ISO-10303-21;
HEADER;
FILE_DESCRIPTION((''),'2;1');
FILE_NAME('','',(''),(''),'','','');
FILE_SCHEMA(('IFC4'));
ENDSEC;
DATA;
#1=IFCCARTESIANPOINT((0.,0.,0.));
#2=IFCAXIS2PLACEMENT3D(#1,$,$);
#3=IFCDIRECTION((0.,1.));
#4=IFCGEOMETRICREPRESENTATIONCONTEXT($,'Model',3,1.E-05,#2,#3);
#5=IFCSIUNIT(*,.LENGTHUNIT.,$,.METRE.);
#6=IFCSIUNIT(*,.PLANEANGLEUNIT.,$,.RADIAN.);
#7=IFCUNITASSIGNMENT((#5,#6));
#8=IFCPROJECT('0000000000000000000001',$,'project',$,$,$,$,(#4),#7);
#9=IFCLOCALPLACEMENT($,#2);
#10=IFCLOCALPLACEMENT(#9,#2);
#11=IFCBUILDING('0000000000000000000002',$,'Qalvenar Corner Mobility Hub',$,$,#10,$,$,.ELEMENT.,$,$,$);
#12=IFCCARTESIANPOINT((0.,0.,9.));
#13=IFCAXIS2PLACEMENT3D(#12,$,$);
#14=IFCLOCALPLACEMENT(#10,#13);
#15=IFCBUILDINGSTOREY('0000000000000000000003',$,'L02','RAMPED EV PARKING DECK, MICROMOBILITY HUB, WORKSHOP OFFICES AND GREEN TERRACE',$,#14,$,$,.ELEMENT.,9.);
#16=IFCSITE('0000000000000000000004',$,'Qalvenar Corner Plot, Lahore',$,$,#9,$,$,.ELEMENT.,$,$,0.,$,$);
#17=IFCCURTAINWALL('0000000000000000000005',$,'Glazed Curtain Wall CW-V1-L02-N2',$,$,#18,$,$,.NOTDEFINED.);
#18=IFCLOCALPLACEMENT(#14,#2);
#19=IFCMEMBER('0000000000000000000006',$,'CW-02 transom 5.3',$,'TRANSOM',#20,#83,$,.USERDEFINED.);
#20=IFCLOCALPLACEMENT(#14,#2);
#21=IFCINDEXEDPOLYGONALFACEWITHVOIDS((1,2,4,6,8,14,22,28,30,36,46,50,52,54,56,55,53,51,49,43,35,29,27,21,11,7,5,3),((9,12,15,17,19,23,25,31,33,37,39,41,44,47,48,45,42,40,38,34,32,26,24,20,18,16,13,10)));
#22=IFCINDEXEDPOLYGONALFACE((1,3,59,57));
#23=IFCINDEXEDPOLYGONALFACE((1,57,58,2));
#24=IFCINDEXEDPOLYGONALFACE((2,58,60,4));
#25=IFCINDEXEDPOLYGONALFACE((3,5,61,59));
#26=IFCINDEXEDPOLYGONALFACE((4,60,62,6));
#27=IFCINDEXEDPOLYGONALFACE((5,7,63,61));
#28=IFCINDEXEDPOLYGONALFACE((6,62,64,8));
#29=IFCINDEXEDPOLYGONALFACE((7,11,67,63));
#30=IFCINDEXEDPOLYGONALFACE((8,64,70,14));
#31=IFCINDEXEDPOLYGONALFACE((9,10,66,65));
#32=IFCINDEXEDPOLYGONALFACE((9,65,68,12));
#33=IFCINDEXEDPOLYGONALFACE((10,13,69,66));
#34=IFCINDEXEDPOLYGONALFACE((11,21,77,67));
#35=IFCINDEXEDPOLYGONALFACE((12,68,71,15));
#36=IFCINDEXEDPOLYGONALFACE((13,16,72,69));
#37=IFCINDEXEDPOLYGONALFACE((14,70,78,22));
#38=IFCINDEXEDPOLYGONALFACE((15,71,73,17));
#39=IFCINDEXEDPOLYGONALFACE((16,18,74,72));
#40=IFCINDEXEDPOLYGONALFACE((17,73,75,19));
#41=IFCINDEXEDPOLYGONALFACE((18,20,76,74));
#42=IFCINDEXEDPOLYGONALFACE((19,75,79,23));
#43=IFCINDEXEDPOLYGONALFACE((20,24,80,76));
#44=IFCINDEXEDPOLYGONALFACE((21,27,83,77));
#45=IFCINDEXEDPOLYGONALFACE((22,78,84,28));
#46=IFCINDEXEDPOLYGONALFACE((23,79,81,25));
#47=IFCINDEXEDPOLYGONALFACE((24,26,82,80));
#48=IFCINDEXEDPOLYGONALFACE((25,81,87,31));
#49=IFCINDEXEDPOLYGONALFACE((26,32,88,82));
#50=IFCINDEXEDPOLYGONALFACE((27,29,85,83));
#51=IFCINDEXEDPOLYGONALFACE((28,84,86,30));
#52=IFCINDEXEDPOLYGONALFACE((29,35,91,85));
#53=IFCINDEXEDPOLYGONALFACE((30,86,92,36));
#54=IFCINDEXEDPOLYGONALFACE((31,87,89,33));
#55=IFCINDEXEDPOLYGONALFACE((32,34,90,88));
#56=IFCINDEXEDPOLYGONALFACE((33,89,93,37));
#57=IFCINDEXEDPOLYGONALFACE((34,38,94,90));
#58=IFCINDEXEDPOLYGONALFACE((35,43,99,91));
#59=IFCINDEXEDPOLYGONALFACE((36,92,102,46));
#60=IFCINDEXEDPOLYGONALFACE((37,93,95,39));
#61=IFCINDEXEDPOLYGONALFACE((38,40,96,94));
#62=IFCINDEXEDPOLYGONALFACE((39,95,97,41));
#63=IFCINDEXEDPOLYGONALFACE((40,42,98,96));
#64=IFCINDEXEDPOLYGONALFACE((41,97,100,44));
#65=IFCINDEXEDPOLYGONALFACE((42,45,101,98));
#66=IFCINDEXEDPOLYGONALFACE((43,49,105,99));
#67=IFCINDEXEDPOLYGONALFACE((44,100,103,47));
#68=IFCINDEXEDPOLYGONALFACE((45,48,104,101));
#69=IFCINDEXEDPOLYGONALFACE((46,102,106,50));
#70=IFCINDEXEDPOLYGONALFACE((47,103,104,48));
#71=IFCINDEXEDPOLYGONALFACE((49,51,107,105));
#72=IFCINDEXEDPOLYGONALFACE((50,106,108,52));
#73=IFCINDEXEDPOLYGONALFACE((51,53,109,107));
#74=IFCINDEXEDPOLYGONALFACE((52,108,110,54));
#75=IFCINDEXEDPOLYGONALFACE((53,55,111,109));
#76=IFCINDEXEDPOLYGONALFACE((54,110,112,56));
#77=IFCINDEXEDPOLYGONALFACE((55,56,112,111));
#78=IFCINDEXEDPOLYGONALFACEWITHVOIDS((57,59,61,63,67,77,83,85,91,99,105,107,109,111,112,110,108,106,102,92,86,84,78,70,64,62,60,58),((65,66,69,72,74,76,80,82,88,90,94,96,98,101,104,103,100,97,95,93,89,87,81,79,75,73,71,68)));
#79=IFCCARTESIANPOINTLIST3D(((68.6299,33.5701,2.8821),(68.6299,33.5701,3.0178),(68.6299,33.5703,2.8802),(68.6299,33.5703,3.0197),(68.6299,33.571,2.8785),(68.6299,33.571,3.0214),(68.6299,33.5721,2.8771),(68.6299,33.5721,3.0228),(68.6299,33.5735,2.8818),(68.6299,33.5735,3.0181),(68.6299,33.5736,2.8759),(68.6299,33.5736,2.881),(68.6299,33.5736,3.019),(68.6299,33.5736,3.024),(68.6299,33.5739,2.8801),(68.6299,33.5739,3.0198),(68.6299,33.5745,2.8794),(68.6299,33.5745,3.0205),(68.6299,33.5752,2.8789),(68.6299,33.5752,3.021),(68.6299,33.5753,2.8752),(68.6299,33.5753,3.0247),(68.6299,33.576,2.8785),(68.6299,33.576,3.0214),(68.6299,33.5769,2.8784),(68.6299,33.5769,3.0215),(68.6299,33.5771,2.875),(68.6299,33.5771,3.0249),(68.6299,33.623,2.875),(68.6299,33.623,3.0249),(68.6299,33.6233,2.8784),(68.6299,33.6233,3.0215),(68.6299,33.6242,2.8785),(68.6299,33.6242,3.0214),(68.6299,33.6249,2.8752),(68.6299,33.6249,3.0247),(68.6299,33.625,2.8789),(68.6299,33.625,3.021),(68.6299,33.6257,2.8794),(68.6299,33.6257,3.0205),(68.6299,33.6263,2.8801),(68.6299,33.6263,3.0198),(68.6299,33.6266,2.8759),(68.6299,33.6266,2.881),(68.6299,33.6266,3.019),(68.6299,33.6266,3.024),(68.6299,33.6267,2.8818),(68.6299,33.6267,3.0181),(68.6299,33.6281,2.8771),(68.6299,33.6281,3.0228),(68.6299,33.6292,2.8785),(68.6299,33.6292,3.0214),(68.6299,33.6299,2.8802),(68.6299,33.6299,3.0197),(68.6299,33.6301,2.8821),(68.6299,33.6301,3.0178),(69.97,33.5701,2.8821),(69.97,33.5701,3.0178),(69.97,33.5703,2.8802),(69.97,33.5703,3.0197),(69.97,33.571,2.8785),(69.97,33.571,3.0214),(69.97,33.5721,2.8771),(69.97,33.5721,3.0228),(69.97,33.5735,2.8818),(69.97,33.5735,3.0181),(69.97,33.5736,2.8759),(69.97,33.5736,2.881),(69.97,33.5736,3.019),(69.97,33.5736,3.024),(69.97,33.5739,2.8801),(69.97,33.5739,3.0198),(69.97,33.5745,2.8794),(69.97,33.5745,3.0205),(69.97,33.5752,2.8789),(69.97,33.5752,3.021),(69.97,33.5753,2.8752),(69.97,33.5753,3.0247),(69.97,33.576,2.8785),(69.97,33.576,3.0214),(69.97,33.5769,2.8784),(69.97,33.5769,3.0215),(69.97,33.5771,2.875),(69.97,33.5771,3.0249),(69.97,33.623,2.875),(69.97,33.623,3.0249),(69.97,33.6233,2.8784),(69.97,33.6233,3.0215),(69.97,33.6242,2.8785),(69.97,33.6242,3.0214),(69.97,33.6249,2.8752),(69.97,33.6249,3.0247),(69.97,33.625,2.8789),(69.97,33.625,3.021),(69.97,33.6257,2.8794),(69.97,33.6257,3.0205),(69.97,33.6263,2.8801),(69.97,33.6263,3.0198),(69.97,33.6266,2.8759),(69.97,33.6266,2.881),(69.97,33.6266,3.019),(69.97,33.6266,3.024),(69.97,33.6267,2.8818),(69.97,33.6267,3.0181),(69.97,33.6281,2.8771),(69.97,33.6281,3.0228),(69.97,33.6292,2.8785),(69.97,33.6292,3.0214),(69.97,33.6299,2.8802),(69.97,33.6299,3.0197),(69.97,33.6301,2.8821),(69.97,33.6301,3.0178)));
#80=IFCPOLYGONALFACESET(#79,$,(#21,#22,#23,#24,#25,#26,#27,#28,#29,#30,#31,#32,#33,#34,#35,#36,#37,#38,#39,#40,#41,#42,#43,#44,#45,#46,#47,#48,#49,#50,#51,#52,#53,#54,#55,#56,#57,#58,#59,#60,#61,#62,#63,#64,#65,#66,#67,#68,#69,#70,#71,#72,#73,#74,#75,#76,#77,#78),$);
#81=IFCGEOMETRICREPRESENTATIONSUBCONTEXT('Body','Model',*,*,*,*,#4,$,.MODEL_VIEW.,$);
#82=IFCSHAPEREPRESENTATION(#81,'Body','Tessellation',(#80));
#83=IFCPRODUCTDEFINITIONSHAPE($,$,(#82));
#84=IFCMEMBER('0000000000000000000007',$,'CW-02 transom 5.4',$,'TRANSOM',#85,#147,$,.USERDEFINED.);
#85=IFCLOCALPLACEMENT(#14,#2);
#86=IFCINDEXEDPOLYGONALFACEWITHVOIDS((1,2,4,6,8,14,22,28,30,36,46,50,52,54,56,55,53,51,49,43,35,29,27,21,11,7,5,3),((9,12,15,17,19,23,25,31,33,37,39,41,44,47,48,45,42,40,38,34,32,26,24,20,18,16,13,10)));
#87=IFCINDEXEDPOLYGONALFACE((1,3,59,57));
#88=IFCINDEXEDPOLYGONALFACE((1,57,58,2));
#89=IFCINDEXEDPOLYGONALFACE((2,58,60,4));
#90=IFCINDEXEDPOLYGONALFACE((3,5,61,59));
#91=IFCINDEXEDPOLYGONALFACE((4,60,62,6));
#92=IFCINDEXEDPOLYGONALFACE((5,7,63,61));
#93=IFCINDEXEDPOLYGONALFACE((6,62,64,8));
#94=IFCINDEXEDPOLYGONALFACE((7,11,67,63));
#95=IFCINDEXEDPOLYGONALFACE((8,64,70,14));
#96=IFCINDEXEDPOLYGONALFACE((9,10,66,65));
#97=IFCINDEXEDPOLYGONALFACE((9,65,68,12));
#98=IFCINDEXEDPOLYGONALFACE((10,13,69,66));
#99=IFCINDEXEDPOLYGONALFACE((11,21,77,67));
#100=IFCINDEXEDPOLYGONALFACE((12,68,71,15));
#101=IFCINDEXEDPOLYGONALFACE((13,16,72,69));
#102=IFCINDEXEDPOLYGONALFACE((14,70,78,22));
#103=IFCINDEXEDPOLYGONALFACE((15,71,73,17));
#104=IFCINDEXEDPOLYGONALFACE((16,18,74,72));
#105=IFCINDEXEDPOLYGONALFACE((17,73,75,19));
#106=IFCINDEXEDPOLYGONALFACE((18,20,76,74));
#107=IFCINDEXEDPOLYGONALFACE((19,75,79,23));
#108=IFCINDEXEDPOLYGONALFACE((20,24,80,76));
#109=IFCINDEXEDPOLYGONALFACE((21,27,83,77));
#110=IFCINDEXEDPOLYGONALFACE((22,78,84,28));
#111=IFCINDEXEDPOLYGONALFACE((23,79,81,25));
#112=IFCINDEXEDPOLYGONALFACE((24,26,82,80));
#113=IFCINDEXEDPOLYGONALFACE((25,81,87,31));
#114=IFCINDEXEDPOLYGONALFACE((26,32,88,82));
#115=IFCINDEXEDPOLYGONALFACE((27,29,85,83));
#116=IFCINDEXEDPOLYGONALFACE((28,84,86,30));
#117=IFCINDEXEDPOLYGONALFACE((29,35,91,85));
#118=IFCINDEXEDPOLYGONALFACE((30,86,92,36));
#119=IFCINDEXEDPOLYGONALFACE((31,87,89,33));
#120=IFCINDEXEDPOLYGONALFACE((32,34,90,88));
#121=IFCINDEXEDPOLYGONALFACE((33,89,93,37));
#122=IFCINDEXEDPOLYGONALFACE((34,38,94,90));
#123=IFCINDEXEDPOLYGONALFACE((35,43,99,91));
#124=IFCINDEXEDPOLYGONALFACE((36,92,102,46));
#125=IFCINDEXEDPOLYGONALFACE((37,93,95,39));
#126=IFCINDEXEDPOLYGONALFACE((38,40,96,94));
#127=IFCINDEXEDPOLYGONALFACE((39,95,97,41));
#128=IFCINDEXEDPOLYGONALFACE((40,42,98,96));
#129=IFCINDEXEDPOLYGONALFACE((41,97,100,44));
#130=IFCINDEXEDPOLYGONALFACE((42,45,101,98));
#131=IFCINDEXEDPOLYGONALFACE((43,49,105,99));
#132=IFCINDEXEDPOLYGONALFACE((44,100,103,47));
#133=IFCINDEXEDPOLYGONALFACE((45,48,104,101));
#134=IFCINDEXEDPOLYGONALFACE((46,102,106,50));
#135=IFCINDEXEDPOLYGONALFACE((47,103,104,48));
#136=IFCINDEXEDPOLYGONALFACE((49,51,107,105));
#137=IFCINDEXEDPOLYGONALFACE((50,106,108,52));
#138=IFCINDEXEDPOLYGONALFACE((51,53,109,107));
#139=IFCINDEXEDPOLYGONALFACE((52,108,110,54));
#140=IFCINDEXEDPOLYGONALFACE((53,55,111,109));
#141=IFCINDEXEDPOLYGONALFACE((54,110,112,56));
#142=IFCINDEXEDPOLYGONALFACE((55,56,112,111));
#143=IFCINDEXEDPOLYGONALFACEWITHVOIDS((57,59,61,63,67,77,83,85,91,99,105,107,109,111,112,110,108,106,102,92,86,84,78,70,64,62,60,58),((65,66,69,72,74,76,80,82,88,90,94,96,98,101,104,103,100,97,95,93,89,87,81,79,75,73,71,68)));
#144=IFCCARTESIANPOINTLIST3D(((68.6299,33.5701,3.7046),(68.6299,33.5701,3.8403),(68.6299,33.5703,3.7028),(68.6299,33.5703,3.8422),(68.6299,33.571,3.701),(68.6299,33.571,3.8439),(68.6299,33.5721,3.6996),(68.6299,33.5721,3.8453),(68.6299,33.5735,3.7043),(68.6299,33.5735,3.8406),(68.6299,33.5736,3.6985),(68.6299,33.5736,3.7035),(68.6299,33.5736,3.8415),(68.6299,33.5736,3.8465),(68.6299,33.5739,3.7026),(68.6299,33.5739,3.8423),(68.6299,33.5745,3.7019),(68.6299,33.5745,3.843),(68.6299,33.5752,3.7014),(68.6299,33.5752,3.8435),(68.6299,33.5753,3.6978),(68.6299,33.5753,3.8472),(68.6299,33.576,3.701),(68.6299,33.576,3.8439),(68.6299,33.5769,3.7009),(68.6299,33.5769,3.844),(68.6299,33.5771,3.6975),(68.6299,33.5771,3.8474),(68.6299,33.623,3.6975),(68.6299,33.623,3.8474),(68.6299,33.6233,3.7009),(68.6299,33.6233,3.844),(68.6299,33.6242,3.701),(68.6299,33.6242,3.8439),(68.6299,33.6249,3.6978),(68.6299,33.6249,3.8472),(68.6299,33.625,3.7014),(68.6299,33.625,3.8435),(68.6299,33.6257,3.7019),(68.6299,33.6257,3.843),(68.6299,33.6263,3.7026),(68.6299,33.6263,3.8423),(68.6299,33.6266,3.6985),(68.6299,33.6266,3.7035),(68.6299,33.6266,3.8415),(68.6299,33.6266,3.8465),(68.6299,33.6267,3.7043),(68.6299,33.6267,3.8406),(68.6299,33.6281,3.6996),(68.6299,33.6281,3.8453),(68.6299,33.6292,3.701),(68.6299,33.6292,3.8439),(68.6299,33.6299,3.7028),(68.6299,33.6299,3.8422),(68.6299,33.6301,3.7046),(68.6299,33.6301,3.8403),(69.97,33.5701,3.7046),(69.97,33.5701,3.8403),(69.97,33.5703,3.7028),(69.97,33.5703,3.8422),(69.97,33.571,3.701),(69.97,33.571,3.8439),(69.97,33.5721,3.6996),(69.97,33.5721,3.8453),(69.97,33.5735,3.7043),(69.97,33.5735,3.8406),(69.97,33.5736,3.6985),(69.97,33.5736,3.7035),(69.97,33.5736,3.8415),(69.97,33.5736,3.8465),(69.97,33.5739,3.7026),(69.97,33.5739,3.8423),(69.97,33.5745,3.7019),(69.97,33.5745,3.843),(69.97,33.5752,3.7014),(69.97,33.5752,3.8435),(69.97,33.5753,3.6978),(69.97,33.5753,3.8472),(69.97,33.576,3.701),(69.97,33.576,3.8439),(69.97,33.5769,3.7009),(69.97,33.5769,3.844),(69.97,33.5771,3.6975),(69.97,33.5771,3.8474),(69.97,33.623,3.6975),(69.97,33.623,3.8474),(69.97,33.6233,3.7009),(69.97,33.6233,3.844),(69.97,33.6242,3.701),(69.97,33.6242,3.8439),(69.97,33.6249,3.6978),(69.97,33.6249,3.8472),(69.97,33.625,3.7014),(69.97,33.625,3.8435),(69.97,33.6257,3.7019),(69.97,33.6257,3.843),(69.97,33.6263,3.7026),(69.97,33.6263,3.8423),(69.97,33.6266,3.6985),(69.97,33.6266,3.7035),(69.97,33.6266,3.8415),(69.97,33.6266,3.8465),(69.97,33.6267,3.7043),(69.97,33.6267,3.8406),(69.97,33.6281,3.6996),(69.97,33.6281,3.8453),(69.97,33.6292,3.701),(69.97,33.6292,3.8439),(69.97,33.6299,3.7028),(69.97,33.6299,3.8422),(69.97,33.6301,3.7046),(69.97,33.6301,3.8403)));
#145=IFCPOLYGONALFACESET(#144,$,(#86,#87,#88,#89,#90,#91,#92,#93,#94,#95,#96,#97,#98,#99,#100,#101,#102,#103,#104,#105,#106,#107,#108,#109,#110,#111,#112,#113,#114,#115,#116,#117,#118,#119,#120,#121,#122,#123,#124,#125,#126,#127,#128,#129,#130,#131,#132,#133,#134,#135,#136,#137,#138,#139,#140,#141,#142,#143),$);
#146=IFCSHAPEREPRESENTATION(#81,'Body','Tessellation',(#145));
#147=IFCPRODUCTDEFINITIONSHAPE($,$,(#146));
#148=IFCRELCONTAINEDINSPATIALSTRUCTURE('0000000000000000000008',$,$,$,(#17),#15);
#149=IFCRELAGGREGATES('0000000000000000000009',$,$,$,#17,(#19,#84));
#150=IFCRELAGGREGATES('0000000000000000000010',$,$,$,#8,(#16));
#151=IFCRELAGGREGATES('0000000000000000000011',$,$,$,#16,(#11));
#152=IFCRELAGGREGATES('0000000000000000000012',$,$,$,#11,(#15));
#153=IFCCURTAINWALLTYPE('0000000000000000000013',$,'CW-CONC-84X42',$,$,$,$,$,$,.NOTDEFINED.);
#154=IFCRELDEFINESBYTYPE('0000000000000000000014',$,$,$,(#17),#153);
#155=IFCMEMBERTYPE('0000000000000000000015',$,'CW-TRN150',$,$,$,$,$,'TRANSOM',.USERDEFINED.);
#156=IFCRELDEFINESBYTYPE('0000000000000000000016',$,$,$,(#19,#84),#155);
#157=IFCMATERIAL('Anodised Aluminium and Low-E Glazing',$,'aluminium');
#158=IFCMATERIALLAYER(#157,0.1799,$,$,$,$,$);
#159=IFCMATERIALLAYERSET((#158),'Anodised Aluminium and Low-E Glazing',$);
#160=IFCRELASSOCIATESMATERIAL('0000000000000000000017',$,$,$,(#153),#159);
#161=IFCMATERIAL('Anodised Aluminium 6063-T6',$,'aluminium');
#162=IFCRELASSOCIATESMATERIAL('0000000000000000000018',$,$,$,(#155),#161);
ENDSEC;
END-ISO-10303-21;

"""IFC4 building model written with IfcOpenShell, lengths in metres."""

from ifc_helpers import new_model, si_unit, direction, frame, origin, origin_2d, place, context, subcontext, project, spatial, hollow_rectangle, extrude, material, layer, layer_set, material_profile, profile_set, type_object, element, aggregate, save


model = new_model("IFC4")

# Units and contexts
model_context = context("Model", 3, precision=1e-05, world=origin(), true_north=direction((0.0, 1.0)))
body_context = subcontext(model_context, "Body", "Model", "MODEL_VIEW")
ifc_project = project(units=[si_unit("LENGTHUNIT", "METRE"), si_unit("PLANEANGLEUNIT", "RADIAN")], contexts=[model_context])

# Site, building, storey
site_placement = place(None, origin())
site = spatial("IfcSite", under=ifc_project, at=site_placement, Name="Qalvenar Corner Plot, Lahore", CompositionType="ELEMENT", RefElevation=0.0)
building_placement = place(site_placement, origin())
building = spatial("IfcBuilding", under=site, at=building_placement, Name="Qalvenar Corner Mobility Hub", CompositionType="ELEMENT")
storey_placement = place(building_placement, frame((0.0, 0.0, 9.0)))
storey = spatial("IfcBuildingStorey", under=building, at=storey_placement, Name="L02", Description="RAMPED EV PARKING DECK, MICROMOBILITY HUB, WORKSHOP OFFICES AND GREEN TERRACE", CompositionType="ELEMENT", Elevation=9.0)

# Shared definitions
ifc_material_1 = material(Name="Anodised Aluminium and Low-E Glazing", Category="aluminium")
ifc_layer_1 = layer(ifc_material_1, 0.1799)
ifc_layer_set_1 = layer_set([ifc_layer_1], Name="Anodised Aluminium and Low-E Glazing")
curtain_wall_type = type_object("IfcCurtainWallType", Name="CW-CONC-84X42", PredefinedType="NOTDEFINED", material=ifc_layer_set_1)
ifc_material_2 = material(Name="Anodised Aluminium 6063-T6", Category="aluminium")

# Curtain wall
curtain_wall_1_placement = place(storey_placement, origin())
curtain_wall_1 = element("IfcCurtainWall", 1, at=curtain_wall_1_placement, inside=storey, type_object=curtain_wall_type, Name="Glazed Curtain Wall CW-V1-L02-N2", PredefinedType="NOTDEFINED")

# Members
ifc_material_profile_1 = material_profile(ifc_material_2, hollow_rectangle(XDim=0.0601, YDim=0.1499, WallThickness=0.0034, InnerFilletRadius=0.0034, OuterFilletRadius=0.0071, at=origin_2d()), Name="RHS150x60x3.5")
ifc_profile_set_1 = profile_set([ifc_material_profile_1], Name="Anodised Aluminium 6063-T6")
member_type_1 = type_object("IfcMemberType", Name="CW-TRN150", ElementType="TRANSOM", PredefinedType="USERDEFINED", material=ifc_profile_set_1)
member_1_placement = place(storey_placement, frame((69.97, 33.6001, 2.95), z_axis=(-1.0, 0.0, 0.0), x_axis=(0.0, -1.0, 0.0)))
member_1 = element("IfcMember", 2, at=member_1_placement, type_object=member_type_1, Name="CW-02 transom 5.3", ObjectType="TRANSOM", PredefinedType="USERDEFINED", context=body_context, shape_type="SweptSolid", body=[
    extrude(hollow_rectangle(XDim=0.0601, YDim=0.1499, WallThickness=0.0034, InnerFilletRadius=0.0034, OuterFilletRadius=0.0071, at=origin_2d()), origin(), (0.0, 0.0, 1.0), 1.3401),
])
member_2_placement = place(storey_placement, frame((69.97, 33.6001, 3.7725), z_axis=(-1.0, 0.0, 0.0), x_axis=(0.0, -1.0, 0.0)))
member_2 = element("IfcMember", 3, at=member_2_placement, type_object=member_type_1, Name="CW-02 transom 5.4", ObjectType="TRANSOM", PredefinedType="USERDEFINED", context=body_context, shape_type="SweptSolid", body=[
    extrude(hollow_rectangle(XDim=0.0601, YDim=0.1499, WallThickness=0.0034, InnerFilletRadius=0.0034, OuterFilletRadius=0.0071, at=origin_2d()), origin(), (0.0, 0.0, 1.0), 1.3401),
])

aggregate(curtain_wall_1, [member_1, member_2])

save(model, "model.ifc")
